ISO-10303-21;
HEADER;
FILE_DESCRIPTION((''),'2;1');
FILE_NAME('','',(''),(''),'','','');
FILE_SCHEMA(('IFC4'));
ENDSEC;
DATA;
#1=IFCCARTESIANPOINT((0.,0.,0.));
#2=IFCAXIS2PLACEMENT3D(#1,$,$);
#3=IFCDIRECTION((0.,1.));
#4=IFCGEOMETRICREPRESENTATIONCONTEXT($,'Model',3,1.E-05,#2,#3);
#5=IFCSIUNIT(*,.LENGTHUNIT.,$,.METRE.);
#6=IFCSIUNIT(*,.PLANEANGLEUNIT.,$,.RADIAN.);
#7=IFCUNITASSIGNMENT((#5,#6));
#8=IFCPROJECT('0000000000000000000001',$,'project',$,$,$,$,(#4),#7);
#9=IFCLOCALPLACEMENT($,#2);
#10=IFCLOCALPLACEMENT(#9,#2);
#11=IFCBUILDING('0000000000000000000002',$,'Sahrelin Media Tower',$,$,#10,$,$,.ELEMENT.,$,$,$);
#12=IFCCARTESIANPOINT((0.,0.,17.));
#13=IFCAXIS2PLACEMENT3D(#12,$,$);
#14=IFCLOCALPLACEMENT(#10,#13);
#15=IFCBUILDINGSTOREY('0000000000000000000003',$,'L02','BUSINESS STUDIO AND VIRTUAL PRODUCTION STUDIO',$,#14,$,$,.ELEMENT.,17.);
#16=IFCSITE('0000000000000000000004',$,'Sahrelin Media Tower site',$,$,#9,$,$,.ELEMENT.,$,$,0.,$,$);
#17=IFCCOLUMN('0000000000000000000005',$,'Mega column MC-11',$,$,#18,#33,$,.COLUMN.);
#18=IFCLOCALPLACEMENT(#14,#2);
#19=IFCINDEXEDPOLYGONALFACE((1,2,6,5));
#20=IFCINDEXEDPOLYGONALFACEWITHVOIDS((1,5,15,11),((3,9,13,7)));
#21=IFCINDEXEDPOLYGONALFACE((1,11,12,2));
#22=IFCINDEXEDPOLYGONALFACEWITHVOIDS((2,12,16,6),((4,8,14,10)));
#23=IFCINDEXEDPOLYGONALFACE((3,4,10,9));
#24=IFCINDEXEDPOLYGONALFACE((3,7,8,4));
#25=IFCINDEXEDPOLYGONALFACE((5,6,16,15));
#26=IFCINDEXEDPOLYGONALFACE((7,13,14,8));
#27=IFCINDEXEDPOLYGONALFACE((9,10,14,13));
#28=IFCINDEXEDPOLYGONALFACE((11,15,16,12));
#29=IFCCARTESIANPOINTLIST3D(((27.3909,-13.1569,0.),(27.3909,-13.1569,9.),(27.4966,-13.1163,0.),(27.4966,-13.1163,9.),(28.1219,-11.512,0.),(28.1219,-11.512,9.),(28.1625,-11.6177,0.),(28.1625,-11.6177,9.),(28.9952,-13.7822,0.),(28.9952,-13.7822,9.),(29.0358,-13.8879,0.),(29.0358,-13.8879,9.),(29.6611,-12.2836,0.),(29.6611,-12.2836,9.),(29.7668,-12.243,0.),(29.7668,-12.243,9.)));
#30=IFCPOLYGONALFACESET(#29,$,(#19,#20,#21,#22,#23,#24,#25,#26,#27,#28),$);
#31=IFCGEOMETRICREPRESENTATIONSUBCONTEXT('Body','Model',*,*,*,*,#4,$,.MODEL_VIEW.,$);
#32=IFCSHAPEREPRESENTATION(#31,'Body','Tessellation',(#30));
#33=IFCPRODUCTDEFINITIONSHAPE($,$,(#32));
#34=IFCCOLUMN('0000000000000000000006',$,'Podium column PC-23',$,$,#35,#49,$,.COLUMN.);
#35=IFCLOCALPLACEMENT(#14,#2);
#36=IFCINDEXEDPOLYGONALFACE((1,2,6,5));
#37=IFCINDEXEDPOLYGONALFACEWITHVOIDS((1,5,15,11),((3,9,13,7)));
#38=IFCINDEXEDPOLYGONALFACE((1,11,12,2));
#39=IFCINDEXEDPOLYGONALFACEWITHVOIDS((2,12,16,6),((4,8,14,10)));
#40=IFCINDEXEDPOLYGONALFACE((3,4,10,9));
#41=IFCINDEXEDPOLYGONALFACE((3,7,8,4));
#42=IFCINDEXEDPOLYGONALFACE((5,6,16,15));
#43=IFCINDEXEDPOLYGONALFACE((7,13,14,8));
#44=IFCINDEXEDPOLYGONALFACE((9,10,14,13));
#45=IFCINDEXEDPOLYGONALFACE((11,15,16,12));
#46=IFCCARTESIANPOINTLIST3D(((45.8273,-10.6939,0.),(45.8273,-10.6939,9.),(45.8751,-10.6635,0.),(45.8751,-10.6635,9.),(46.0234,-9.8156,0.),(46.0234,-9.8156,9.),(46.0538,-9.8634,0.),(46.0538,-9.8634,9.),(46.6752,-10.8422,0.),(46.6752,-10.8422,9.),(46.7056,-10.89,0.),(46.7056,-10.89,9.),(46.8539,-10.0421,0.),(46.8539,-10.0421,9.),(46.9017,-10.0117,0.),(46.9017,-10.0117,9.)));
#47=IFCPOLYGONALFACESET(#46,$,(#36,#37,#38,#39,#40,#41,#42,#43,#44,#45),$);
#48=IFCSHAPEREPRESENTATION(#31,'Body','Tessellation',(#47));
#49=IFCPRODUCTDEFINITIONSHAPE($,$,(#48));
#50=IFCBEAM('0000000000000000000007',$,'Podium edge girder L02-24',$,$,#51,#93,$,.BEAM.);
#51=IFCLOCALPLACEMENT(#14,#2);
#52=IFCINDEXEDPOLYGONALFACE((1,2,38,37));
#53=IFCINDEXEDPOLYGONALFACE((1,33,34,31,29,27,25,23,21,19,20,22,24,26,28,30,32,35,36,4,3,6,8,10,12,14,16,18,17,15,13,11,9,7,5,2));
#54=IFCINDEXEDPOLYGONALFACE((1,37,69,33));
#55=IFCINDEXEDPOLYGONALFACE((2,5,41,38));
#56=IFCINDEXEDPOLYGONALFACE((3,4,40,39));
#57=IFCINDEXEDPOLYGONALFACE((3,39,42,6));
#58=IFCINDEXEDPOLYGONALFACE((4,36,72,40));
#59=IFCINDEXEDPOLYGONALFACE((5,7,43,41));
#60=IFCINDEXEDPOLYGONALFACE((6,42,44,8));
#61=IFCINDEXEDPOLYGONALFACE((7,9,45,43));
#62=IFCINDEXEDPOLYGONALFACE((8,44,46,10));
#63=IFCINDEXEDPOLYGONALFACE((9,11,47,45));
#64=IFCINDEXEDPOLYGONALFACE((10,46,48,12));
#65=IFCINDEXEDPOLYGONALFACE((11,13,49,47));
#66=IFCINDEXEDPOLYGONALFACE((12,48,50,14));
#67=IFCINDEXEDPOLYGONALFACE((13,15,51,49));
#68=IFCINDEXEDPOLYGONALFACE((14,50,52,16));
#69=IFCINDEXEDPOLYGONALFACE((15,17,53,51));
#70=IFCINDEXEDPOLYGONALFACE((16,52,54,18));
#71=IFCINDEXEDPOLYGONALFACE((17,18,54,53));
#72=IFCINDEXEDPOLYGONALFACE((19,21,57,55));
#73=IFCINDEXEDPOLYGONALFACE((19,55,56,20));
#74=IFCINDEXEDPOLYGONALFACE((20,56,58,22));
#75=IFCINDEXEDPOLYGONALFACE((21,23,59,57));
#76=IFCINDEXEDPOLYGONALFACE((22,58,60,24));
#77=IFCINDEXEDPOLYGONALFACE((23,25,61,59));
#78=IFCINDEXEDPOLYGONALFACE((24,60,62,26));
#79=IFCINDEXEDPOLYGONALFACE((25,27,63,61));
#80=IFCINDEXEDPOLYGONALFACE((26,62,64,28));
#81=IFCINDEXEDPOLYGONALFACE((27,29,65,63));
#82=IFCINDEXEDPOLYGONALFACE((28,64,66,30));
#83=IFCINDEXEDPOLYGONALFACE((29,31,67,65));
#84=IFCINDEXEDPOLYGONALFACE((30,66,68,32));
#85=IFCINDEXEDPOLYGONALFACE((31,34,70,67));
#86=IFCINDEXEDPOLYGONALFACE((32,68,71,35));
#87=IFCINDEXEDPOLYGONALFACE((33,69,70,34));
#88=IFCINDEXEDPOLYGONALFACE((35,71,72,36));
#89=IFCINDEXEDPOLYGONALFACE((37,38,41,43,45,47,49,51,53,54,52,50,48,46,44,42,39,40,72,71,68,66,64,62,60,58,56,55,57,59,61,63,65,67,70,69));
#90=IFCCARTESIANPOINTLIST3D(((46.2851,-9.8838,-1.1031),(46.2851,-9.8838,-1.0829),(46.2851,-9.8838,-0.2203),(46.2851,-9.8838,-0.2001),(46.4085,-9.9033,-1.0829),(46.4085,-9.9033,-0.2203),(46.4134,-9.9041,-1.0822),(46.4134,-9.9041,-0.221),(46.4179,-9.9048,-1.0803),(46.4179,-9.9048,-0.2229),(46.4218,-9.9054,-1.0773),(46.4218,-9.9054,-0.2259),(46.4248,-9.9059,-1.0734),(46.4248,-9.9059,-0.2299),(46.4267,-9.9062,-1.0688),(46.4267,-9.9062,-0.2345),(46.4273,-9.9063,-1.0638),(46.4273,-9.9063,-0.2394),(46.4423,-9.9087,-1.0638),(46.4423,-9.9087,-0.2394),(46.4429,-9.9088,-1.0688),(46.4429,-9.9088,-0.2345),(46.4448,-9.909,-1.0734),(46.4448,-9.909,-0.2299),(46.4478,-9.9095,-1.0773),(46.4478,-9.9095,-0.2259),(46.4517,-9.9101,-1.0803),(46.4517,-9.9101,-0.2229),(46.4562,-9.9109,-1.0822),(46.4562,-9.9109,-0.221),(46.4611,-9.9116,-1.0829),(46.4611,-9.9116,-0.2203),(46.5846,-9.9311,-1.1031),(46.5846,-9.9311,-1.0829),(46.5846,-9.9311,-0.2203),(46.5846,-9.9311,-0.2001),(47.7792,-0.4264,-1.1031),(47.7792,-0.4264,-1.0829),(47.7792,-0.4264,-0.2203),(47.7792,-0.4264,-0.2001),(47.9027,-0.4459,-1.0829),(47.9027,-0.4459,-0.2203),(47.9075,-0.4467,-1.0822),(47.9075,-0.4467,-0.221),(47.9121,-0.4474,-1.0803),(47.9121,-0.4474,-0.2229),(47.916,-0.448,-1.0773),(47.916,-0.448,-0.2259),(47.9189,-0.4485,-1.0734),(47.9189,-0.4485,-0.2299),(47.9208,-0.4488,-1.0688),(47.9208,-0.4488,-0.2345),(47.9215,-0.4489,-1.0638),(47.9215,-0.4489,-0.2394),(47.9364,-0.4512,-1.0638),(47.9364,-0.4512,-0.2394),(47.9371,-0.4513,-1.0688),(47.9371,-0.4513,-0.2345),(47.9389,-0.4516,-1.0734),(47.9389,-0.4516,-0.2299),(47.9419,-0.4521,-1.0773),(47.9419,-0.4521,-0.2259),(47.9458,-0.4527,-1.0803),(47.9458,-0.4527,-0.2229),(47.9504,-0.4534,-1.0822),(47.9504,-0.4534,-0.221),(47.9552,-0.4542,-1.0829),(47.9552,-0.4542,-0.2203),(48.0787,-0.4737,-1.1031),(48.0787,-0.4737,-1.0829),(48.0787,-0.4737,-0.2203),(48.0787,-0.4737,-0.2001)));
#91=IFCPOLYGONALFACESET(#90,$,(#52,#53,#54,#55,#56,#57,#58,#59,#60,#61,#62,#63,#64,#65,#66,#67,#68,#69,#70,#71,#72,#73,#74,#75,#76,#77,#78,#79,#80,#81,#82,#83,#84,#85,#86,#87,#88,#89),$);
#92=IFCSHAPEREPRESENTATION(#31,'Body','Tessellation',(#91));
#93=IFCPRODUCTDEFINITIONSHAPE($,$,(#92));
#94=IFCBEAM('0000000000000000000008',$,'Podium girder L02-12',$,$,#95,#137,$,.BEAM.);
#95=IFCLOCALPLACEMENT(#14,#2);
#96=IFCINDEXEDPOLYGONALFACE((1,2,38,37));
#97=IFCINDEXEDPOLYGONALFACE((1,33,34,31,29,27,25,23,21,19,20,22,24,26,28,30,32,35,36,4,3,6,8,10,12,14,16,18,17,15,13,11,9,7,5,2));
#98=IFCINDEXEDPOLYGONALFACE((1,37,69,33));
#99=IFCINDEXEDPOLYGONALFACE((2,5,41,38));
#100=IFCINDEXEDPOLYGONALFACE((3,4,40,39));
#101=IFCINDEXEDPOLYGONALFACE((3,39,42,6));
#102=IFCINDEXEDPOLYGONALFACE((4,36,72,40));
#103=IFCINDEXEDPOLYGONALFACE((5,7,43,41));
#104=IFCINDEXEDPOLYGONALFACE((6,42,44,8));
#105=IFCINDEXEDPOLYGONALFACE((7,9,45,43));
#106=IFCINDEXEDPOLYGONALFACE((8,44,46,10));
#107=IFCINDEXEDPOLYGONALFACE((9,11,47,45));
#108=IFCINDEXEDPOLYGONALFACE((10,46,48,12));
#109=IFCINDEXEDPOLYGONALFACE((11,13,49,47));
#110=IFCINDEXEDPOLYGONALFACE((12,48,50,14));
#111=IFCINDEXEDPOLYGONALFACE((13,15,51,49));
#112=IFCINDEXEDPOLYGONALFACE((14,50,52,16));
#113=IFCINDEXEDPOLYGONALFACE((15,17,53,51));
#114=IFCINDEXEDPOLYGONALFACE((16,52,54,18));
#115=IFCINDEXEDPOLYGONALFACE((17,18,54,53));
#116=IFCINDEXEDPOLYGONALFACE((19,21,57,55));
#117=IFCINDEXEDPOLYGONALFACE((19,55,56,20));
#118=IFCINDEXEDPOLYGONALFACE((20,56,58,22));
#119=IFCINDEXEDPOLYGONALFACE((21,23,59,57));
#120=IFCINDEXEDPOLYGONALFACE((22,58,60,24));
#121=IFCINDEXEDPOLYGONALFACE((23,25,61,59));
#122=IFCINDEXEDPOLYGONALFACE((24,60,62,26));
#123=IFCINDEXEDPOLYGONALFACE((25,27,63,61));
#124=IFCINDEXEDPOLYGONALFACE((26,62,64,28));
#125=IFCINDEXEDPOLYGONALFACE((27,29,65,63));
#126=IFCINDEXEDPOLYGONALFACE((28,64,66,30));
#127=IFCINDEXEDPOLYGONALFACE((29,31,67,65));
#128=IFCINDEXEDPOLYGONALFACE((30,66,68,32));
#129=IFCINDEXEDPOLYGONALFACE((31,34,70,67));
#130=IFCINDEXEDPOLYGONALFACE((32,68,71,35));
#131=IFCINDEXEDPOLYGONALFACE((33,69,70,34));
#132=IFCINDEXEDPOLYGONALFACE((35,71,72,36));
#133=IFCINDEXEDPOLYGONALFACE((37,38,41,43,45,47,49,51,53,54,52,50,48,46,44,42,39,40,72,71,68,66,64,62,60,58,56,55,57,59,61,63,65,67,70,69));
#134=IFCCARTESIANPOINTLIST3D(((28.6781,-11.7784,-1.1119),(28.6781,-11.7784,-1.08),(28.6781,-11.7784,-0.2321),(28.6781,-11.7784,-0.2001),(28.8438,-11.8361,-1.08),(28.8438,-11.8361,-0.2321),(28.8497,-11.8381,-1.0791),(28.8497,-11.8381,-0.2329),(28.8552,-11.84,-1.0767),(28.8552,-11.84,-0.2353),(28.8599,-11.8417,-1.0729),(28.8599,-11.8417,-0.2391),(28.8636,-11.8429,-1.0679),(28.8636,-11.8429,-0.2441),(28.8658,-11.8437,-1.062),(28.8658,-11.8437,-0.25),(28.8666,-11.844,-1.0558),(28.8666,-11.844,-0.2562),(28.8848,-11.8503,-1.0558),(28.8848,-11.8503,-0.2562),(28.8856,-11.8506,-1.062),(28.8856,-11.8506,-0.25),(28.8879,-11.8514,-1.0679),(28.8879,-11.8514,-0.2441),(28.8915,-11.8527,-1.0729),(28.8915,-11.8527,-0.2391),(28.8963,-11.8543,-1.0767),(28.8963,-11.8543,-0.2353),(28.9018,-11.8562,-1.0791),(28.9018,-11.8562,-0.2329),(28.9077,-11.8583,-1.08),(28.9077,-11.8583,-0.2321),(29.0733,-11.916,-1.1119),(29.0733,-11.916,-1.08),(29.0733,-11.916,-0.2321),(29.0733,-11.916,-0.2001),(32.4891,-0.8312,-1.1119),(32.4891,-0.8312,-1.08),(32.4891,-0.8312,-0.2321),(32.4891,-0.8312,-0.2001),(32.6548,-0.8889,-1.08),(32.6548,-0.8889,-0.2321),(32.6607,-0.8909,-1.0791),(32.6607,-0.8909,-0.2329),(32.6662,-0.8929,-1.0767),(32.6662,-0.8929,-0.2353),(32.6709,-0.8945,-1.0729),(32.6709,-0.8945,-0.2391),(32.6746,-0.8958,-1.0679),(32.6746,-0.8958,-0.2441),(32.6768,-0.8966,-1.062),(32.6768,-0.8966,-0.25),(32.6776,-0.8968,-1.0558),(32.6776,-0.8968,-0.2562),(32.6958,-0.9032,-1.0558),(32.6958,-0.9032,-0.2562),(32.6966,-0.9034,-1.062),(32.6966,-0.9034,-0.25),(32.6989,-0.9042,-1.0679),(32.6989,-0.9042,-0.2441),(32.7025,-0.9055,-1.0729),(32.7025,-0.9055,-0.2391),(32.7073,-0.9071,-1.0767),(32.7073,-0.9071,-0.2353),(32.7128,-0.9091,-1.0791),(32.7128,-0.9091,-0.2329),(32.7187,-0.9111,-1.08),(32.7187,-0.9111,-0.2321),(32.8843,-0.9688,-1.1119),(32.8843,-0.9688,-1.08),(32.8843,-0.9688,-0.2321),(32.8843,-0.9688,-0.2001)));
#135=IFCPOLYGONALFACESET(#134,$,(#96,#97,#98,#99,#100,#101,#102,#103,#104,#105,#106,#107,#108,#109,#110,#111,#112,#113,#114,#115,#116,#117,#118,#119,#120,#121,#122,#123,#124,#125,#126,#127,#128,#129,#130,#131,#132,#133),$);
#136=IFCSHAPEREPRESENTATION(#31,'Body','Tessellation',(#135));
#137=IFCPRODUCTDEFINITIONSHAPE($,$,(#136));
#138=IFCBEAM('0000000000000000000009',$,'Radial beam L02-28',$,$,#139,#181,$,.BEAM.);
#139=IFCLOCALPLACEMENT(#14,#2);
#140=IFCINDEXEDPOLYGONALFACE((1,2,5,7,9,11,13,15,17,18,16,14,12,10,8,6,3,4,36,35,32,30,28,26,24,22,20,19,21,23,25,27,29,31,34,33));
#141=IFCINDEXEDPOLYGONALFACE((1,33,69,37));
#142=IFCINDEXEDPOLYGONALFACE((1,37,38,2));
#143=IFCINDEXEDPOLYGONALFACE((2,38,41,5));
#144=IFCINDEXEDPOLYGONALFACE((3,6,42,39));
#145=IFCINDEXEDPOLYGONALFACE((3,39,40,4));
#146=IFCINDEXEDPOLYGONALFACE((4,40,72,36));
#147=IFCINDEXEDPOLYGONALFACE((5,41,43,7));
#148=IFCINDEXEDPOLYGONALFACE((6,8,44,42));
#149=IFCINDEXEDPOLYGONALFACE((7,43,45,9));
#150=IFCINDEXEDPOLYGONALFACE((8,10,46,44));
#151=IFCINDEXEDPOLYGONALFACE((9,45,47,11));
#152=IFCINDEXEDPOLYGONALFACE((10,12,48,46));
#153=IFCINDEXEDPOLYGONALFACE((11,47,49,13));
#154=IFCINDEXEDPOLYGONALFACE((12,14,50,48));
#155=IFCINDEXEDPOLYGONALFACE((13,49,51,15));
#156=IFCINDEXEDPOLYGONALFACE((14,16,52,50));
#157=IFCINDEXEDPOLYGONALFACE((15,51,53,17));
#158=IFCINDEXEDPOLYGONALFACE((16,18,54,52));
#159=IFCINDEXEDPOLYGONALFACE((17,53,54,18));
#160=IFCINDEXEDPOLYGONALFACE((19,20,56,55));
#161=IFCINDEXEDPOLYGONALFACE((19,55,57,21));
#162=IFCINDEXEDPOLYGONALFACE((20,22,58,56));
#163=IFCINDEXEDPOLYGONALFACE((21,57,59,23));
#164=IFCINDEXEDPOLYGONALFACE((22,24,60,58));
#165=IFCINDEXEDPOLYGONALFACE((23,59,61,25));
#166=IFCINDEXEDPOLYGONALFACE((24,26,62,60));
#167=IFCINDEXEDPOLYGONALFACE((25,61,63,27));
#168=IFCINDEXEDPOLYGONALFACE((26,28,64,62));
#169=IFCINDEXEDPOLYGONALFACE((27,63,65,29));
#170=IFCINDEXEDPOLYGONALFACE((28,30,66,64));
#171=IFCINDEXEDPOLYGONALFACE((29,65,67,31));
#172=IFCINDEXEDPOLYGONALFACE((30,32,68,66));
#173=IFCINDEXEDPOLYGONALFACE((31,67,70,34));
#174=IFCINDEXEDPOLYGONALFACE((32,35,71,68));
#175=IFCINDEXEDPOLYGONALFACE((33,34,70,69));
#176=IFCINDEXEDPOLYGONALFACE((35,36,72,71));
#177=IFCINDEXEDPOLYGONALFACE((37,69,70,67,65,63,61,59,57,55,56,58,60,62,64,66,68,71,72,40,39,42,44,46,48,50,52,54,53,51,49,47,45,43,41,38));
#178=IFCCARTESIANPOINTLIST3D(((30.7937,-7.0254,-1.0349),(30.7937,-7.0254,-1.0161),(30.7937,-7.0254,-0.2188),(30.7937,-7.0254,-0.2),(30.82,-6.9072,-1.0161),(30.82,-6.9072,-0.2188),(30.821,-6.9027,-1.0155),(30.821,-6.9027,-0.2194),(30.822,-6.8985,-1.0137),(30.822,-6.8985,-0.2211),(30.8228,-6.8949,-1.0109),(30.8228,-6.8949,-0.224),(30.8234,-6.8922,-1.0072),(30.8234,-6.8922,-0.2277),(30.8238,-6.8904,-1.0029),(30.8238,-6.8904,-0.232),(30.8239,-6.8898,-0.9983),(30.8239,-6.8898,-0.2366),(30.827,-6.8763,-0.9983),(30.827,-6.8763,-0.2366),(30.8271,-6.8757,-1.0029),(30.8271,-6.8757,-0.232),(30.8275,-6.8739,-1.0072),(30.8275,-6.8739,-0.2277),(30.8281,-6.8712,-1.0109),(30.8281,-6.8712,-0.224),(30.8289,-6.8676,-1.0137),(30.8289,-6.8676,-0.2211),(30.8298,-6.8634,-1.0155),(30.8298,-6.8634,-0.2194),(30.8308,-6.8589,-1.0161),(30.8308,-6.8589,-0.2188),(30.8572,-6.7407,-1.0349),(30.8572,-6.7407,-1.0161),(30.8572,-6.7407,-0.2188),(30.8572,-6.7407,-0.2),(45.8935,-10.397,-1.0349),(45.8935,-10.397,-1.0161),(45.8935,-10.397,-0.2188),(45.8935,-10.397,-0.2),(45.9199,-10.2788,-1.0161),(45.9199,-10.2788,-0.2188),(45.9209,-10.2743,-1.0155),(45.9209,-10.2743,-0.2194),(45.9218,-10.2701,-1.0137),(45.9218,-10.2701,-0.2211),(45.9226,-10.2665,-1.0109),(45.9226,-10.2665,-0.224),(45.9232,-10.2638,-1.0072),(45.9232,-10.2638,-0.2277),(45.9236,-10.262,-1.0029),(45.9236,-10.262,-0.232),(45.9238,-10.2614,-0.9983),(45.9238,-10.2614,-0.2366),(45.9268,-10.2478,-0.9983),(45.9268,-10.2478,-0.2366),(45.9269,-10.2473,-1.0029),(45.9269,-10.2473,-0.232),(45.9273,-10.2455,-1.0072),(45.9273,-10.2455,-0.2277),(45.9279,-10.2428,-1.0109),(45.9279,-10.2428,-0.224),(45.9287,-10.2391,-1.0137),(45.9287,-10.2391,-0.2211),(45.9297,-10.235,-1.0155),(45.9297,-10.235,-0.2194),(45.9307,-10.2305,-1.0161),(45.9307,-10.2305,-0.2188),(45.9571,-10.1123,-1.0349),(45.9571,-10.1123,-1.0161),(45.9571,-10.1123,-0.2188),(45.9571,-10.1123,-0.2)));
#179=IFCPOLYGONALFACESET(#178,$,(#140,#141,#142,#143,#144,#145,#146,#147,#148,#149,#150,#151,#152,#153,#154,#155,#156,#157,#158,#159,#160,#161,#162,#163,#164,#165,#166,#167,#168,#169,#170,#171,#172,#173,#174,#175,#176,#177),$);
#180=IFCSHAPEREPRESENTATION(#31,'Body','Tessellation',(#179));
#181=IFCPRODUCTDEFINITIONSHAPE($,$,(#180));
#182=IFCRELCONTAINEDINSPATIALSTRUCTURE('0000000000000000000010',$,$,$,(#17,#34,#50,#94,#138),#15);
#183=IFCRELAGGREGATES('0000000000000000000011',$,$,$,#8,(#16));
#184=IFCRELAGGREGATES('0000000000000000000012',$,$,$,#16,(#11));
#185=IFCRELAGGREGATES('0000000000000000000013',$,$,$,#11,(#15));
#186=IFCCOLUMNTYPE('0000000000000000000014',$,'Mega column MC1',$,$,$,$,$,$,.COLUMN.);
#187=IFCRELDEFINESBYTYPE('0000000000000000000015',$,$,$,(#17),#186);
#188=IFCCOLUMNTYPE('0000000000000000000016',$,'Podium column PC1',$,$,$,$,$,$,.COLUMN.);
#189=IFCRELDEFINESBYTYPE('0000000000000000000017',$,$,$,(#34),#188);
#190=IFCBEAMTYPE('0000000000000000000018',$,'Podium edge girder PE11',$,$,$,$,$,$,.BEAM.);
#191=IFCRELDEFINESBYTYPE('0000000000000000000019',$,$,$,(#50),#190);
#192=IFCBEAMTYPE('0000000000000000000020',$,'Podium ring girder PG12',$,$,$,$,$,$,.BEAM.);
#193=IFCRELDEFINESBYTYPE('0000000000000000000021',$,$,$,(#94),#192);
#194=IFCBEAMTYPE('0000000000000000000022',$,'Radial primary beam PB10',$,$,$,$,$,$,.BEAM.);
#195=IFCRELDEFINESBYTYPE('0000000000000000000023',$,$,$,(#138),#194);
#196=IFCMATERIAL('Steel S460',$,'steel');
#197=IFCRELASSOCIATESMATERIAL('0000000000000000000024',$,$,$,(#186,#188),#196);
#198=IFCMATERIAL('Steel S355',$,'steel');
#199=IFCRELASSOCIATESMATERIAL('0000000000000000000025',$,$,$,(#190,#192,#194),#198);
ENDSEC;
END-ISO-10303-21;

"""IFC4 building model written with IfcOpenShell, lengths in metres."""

from ifc_helpers import new_model, si_unit, direction, frame, origin, origin_2d, place, context, subcontext, project, spatial, hollow_rectangle, i_section, extrude, material, material_profile, profile_set, type_object, element, save


model = new_model("IFC4")

# Units and contexts
model_context = context("Model", 3, precision=1e-05, world=origin(), true_north=direction((0.0, 1.0)))
body_context = subcontext(model_context, "Body", "Model", "MODEL_VIEW")
ifc_project = project(units=[si_unit("LENGTHUNIT", "METRE"), si_unit("PLANEANGLEUNIT", "RADIAN")], contexts=[model_context])

# Site, building, storey
site_placement = place(None, origin())
site = spatial("IfcSite", under=ifc_project, at=site_placement, Name="Sahrelin Media Tower site", CompositionType="ELEMENT", RefElevation=0.0)
building_placement = place(site_placement, origin())
building = spatial("IfcBuilding", under=site, at=building_placement, Name="Sahrelin Media Tower", CompositionType="ELEMENT")
storey_placement = place(building_placement, frame((0.0, 0.0, 17.0)))
storey = spatial("IfcBuildingStorey", under=building, at=storey_placement, Name="L02", Description="BUSINESS STUDIO AND VIRTUAL PRODUCTION STUDIO", CompositionType="ELEMENT", Elevation=17.0)

# Columns
ifc_material_1 = material(Name="Steel S460", Category="steel")
ifc_material_profile_1 = material_profile(ifc_material_1, hollow_rectangle(XDim=1.8, YDim=1.8, WallThickness=0.0801, at=origin_2d()), Name="Mega column MC1")
ifc_profile_set_1 = profile_set([ifc_material_profile_1], Name="Steel S460")
column_type_1 = type_object("IfcColumnType", Name="Mega column MC1", PredefinedType="COLUMN", material=ifc_profile_set_1)
column_1_placement = place(storey_placement, frame((28.5789, -12.7, 0.0), z_axis=(0.0, 0.0, 1.0), x_axis=(0.913831, -0.406094, 0.0)))
element("IfcColumn", 1, at=column_1_placement, inside=storey, type_object=column_type_1, Name="Mega column MC-11", PredefinedType="COLUMN", context=body_context, shape_type="SweptSolid", body=[
    extrude(hollow_rectangle(XDim=1.8, YDim=1.8, WallThickness=0.0801, at=origin_2d()), origin(), (0.0, 0.0, 1.0), 9.0),
])
ifc_material_profile_2 = material_profile(ifc_material_1, hollow_rectangle(XDim=0.8999, YDim=0.8999, WallThickness=0.04, at=origin_2d()), Name="Podium column PC1")
ifc_profile_set_2 = profile_set([ifc_material_profile_2], Name="Steel S460")
column_type_2 = type_object("IfcColumnType", Name="Podium column PC1", PredefinedType="COLUMN", material=ifc_profile_set_2)
column_2_placement = place(storey_placement, frame((46.3645, -10.3528, 0.0), z_axis=(0.0, 0.0, 1.0), x_axis=(0.975965, -0.217925, 0.0)))
element("IfcColumn", 2, at=column_2_placement, inside=storey, type_object=column_type_2, Name="Podium column PC-23", PredefinedType="COLUMN", context=body_context, shape_type="SweptSolid", body=[
    extrude(hollow_rectangle(XDim=0.8999, YDim=0.8999, WallThickness=0.04, at=origin_2d()), origin(), (0.0, 0.0, 1.0), 9.0),
])

# Beams
ifc_material_2 = material(Name="Steel S355", Category="steel")
ifc_material_profile_3 = material_profile(ifc_material_2, i_section(OverallWidth=0.3032, OverallDepth=0.9031, WebThickness=0.0151, FlangeThickness=0.0203, FilletRadius=0.019, at=origin_2d()), Name="UB 914x305x201")
ifc_profile_set_3 = profile_set([ifc_material_profile_3], Name="Steel S355")
beam_type_1 = type_object("IfcBeamType", Name="Podium edge girder PE11", PredefinedType="BEAM", material=ifc_profile_set_3)
beam_1_placement = place(storey_placement, frame((46.4348, -9.9075, -0.6516), z_axis=(0.156049, 0.987749, 0.0), x_axis=(-0.987749, 0.156049, 0.0)))
element("IfcBeam", 3, at=beam_1_placement, inside=storey, type_object=beam_type_1, Name="Podium edge girder L02-24", PredefinedType="BEAM", context=body_context, shape_type="SweptSolid", body=[
    extrude(i_section(OverallWidth=0.3032, OverallDepth=0.9031, WebThickness=0.0151, FlangeThickness=0.0203, FilletRadius=0.019, at=origin_2d()), origin(), (0.0, 0.0, 1.0), 9.5747),
])
ifc_material_profile_4 = material_profile(ifc_material_2, i_section(OverallWidth=0.4185, OverallDepth=0.9119, WebThickness=0.0193, FlangeThickness=0.032, FilletRadius=0.0242, at=origin_2d()), Name="UB 914x419x343")
ifc_profile_set_4 = profile_set([ifc_material_profile_4], Name="Steel S355")
beam_type_2 = type_object("IfcBeamType", Name="Podium ring girder PG12", PredefinedType="BEAM", material=ifc_profile_set_4)
beam_2_placement = place(storey_placement, frame((28.8757, -11.8472, -0.656), z_axis=(0.328774, 0.944409, 0.0), x_axis=(-0.944409, 0.328774, 0.0)))
element("IfcBeam", 4, at=beam_2_placement, inside=storey, type_object=beam_type_2, Name="Podium girder L02-12", PredefinedType="BEAM", context=body_context, shape_type="SweptSolid", body=[
    extrude(i_section(OverallWidth=0.4185, OverallDepth=0.9119, WebThickness=0.0193, FlangeThickness=0.032, FilletRadius=0.0242, at=origin_2d()), origin(), (0.0, 0.0, 1.0), 11.5916),
])
ifc_material_profile_5 = material_profile(ifc_material_2, i_section(OverallWidth=0.2917, OverallDepth=0.835, WebThickness=0.0139, FlangeThickness=0.0188, FilletRadius=0.0178, at=origin_2d()), Name="UB 838x292x176")
ifc_profile_set_5 = profile_set([ifc_material_profile_5], Name="Steel S355")
beam_type_3 = type_object("IfcBeamType", Name="Radial primary beam PB10", PredefinedType="BEAM", material=ifc_profile_set_5)
beam_3_placement = place(storey_placement, frame((30.8254, -6.8831, -0.6174), z_axis=(0.975967, -0.217919, 0.0), x_axis=(0.217919, 0.975967, 0.0)))
element("IfcBeam", 5, at=beam_3_placement, inside=storey, type_object=beam_type_3, Name="Radial beam L02-28", PredefinedType="BEAM", context=body_context, shape_type="SweptSolid", body=[
    extrude(i_section(OverallWidth=0.2917, OverallDepth=0.835, WebThickness=0.0139, FlangeThickness=0.0188, FilletRadius=0.0178, at=origin_2d()), origin(), (0.0, 0.0, 1.0), 15.4717),
])

save(model, "model.ifc")
